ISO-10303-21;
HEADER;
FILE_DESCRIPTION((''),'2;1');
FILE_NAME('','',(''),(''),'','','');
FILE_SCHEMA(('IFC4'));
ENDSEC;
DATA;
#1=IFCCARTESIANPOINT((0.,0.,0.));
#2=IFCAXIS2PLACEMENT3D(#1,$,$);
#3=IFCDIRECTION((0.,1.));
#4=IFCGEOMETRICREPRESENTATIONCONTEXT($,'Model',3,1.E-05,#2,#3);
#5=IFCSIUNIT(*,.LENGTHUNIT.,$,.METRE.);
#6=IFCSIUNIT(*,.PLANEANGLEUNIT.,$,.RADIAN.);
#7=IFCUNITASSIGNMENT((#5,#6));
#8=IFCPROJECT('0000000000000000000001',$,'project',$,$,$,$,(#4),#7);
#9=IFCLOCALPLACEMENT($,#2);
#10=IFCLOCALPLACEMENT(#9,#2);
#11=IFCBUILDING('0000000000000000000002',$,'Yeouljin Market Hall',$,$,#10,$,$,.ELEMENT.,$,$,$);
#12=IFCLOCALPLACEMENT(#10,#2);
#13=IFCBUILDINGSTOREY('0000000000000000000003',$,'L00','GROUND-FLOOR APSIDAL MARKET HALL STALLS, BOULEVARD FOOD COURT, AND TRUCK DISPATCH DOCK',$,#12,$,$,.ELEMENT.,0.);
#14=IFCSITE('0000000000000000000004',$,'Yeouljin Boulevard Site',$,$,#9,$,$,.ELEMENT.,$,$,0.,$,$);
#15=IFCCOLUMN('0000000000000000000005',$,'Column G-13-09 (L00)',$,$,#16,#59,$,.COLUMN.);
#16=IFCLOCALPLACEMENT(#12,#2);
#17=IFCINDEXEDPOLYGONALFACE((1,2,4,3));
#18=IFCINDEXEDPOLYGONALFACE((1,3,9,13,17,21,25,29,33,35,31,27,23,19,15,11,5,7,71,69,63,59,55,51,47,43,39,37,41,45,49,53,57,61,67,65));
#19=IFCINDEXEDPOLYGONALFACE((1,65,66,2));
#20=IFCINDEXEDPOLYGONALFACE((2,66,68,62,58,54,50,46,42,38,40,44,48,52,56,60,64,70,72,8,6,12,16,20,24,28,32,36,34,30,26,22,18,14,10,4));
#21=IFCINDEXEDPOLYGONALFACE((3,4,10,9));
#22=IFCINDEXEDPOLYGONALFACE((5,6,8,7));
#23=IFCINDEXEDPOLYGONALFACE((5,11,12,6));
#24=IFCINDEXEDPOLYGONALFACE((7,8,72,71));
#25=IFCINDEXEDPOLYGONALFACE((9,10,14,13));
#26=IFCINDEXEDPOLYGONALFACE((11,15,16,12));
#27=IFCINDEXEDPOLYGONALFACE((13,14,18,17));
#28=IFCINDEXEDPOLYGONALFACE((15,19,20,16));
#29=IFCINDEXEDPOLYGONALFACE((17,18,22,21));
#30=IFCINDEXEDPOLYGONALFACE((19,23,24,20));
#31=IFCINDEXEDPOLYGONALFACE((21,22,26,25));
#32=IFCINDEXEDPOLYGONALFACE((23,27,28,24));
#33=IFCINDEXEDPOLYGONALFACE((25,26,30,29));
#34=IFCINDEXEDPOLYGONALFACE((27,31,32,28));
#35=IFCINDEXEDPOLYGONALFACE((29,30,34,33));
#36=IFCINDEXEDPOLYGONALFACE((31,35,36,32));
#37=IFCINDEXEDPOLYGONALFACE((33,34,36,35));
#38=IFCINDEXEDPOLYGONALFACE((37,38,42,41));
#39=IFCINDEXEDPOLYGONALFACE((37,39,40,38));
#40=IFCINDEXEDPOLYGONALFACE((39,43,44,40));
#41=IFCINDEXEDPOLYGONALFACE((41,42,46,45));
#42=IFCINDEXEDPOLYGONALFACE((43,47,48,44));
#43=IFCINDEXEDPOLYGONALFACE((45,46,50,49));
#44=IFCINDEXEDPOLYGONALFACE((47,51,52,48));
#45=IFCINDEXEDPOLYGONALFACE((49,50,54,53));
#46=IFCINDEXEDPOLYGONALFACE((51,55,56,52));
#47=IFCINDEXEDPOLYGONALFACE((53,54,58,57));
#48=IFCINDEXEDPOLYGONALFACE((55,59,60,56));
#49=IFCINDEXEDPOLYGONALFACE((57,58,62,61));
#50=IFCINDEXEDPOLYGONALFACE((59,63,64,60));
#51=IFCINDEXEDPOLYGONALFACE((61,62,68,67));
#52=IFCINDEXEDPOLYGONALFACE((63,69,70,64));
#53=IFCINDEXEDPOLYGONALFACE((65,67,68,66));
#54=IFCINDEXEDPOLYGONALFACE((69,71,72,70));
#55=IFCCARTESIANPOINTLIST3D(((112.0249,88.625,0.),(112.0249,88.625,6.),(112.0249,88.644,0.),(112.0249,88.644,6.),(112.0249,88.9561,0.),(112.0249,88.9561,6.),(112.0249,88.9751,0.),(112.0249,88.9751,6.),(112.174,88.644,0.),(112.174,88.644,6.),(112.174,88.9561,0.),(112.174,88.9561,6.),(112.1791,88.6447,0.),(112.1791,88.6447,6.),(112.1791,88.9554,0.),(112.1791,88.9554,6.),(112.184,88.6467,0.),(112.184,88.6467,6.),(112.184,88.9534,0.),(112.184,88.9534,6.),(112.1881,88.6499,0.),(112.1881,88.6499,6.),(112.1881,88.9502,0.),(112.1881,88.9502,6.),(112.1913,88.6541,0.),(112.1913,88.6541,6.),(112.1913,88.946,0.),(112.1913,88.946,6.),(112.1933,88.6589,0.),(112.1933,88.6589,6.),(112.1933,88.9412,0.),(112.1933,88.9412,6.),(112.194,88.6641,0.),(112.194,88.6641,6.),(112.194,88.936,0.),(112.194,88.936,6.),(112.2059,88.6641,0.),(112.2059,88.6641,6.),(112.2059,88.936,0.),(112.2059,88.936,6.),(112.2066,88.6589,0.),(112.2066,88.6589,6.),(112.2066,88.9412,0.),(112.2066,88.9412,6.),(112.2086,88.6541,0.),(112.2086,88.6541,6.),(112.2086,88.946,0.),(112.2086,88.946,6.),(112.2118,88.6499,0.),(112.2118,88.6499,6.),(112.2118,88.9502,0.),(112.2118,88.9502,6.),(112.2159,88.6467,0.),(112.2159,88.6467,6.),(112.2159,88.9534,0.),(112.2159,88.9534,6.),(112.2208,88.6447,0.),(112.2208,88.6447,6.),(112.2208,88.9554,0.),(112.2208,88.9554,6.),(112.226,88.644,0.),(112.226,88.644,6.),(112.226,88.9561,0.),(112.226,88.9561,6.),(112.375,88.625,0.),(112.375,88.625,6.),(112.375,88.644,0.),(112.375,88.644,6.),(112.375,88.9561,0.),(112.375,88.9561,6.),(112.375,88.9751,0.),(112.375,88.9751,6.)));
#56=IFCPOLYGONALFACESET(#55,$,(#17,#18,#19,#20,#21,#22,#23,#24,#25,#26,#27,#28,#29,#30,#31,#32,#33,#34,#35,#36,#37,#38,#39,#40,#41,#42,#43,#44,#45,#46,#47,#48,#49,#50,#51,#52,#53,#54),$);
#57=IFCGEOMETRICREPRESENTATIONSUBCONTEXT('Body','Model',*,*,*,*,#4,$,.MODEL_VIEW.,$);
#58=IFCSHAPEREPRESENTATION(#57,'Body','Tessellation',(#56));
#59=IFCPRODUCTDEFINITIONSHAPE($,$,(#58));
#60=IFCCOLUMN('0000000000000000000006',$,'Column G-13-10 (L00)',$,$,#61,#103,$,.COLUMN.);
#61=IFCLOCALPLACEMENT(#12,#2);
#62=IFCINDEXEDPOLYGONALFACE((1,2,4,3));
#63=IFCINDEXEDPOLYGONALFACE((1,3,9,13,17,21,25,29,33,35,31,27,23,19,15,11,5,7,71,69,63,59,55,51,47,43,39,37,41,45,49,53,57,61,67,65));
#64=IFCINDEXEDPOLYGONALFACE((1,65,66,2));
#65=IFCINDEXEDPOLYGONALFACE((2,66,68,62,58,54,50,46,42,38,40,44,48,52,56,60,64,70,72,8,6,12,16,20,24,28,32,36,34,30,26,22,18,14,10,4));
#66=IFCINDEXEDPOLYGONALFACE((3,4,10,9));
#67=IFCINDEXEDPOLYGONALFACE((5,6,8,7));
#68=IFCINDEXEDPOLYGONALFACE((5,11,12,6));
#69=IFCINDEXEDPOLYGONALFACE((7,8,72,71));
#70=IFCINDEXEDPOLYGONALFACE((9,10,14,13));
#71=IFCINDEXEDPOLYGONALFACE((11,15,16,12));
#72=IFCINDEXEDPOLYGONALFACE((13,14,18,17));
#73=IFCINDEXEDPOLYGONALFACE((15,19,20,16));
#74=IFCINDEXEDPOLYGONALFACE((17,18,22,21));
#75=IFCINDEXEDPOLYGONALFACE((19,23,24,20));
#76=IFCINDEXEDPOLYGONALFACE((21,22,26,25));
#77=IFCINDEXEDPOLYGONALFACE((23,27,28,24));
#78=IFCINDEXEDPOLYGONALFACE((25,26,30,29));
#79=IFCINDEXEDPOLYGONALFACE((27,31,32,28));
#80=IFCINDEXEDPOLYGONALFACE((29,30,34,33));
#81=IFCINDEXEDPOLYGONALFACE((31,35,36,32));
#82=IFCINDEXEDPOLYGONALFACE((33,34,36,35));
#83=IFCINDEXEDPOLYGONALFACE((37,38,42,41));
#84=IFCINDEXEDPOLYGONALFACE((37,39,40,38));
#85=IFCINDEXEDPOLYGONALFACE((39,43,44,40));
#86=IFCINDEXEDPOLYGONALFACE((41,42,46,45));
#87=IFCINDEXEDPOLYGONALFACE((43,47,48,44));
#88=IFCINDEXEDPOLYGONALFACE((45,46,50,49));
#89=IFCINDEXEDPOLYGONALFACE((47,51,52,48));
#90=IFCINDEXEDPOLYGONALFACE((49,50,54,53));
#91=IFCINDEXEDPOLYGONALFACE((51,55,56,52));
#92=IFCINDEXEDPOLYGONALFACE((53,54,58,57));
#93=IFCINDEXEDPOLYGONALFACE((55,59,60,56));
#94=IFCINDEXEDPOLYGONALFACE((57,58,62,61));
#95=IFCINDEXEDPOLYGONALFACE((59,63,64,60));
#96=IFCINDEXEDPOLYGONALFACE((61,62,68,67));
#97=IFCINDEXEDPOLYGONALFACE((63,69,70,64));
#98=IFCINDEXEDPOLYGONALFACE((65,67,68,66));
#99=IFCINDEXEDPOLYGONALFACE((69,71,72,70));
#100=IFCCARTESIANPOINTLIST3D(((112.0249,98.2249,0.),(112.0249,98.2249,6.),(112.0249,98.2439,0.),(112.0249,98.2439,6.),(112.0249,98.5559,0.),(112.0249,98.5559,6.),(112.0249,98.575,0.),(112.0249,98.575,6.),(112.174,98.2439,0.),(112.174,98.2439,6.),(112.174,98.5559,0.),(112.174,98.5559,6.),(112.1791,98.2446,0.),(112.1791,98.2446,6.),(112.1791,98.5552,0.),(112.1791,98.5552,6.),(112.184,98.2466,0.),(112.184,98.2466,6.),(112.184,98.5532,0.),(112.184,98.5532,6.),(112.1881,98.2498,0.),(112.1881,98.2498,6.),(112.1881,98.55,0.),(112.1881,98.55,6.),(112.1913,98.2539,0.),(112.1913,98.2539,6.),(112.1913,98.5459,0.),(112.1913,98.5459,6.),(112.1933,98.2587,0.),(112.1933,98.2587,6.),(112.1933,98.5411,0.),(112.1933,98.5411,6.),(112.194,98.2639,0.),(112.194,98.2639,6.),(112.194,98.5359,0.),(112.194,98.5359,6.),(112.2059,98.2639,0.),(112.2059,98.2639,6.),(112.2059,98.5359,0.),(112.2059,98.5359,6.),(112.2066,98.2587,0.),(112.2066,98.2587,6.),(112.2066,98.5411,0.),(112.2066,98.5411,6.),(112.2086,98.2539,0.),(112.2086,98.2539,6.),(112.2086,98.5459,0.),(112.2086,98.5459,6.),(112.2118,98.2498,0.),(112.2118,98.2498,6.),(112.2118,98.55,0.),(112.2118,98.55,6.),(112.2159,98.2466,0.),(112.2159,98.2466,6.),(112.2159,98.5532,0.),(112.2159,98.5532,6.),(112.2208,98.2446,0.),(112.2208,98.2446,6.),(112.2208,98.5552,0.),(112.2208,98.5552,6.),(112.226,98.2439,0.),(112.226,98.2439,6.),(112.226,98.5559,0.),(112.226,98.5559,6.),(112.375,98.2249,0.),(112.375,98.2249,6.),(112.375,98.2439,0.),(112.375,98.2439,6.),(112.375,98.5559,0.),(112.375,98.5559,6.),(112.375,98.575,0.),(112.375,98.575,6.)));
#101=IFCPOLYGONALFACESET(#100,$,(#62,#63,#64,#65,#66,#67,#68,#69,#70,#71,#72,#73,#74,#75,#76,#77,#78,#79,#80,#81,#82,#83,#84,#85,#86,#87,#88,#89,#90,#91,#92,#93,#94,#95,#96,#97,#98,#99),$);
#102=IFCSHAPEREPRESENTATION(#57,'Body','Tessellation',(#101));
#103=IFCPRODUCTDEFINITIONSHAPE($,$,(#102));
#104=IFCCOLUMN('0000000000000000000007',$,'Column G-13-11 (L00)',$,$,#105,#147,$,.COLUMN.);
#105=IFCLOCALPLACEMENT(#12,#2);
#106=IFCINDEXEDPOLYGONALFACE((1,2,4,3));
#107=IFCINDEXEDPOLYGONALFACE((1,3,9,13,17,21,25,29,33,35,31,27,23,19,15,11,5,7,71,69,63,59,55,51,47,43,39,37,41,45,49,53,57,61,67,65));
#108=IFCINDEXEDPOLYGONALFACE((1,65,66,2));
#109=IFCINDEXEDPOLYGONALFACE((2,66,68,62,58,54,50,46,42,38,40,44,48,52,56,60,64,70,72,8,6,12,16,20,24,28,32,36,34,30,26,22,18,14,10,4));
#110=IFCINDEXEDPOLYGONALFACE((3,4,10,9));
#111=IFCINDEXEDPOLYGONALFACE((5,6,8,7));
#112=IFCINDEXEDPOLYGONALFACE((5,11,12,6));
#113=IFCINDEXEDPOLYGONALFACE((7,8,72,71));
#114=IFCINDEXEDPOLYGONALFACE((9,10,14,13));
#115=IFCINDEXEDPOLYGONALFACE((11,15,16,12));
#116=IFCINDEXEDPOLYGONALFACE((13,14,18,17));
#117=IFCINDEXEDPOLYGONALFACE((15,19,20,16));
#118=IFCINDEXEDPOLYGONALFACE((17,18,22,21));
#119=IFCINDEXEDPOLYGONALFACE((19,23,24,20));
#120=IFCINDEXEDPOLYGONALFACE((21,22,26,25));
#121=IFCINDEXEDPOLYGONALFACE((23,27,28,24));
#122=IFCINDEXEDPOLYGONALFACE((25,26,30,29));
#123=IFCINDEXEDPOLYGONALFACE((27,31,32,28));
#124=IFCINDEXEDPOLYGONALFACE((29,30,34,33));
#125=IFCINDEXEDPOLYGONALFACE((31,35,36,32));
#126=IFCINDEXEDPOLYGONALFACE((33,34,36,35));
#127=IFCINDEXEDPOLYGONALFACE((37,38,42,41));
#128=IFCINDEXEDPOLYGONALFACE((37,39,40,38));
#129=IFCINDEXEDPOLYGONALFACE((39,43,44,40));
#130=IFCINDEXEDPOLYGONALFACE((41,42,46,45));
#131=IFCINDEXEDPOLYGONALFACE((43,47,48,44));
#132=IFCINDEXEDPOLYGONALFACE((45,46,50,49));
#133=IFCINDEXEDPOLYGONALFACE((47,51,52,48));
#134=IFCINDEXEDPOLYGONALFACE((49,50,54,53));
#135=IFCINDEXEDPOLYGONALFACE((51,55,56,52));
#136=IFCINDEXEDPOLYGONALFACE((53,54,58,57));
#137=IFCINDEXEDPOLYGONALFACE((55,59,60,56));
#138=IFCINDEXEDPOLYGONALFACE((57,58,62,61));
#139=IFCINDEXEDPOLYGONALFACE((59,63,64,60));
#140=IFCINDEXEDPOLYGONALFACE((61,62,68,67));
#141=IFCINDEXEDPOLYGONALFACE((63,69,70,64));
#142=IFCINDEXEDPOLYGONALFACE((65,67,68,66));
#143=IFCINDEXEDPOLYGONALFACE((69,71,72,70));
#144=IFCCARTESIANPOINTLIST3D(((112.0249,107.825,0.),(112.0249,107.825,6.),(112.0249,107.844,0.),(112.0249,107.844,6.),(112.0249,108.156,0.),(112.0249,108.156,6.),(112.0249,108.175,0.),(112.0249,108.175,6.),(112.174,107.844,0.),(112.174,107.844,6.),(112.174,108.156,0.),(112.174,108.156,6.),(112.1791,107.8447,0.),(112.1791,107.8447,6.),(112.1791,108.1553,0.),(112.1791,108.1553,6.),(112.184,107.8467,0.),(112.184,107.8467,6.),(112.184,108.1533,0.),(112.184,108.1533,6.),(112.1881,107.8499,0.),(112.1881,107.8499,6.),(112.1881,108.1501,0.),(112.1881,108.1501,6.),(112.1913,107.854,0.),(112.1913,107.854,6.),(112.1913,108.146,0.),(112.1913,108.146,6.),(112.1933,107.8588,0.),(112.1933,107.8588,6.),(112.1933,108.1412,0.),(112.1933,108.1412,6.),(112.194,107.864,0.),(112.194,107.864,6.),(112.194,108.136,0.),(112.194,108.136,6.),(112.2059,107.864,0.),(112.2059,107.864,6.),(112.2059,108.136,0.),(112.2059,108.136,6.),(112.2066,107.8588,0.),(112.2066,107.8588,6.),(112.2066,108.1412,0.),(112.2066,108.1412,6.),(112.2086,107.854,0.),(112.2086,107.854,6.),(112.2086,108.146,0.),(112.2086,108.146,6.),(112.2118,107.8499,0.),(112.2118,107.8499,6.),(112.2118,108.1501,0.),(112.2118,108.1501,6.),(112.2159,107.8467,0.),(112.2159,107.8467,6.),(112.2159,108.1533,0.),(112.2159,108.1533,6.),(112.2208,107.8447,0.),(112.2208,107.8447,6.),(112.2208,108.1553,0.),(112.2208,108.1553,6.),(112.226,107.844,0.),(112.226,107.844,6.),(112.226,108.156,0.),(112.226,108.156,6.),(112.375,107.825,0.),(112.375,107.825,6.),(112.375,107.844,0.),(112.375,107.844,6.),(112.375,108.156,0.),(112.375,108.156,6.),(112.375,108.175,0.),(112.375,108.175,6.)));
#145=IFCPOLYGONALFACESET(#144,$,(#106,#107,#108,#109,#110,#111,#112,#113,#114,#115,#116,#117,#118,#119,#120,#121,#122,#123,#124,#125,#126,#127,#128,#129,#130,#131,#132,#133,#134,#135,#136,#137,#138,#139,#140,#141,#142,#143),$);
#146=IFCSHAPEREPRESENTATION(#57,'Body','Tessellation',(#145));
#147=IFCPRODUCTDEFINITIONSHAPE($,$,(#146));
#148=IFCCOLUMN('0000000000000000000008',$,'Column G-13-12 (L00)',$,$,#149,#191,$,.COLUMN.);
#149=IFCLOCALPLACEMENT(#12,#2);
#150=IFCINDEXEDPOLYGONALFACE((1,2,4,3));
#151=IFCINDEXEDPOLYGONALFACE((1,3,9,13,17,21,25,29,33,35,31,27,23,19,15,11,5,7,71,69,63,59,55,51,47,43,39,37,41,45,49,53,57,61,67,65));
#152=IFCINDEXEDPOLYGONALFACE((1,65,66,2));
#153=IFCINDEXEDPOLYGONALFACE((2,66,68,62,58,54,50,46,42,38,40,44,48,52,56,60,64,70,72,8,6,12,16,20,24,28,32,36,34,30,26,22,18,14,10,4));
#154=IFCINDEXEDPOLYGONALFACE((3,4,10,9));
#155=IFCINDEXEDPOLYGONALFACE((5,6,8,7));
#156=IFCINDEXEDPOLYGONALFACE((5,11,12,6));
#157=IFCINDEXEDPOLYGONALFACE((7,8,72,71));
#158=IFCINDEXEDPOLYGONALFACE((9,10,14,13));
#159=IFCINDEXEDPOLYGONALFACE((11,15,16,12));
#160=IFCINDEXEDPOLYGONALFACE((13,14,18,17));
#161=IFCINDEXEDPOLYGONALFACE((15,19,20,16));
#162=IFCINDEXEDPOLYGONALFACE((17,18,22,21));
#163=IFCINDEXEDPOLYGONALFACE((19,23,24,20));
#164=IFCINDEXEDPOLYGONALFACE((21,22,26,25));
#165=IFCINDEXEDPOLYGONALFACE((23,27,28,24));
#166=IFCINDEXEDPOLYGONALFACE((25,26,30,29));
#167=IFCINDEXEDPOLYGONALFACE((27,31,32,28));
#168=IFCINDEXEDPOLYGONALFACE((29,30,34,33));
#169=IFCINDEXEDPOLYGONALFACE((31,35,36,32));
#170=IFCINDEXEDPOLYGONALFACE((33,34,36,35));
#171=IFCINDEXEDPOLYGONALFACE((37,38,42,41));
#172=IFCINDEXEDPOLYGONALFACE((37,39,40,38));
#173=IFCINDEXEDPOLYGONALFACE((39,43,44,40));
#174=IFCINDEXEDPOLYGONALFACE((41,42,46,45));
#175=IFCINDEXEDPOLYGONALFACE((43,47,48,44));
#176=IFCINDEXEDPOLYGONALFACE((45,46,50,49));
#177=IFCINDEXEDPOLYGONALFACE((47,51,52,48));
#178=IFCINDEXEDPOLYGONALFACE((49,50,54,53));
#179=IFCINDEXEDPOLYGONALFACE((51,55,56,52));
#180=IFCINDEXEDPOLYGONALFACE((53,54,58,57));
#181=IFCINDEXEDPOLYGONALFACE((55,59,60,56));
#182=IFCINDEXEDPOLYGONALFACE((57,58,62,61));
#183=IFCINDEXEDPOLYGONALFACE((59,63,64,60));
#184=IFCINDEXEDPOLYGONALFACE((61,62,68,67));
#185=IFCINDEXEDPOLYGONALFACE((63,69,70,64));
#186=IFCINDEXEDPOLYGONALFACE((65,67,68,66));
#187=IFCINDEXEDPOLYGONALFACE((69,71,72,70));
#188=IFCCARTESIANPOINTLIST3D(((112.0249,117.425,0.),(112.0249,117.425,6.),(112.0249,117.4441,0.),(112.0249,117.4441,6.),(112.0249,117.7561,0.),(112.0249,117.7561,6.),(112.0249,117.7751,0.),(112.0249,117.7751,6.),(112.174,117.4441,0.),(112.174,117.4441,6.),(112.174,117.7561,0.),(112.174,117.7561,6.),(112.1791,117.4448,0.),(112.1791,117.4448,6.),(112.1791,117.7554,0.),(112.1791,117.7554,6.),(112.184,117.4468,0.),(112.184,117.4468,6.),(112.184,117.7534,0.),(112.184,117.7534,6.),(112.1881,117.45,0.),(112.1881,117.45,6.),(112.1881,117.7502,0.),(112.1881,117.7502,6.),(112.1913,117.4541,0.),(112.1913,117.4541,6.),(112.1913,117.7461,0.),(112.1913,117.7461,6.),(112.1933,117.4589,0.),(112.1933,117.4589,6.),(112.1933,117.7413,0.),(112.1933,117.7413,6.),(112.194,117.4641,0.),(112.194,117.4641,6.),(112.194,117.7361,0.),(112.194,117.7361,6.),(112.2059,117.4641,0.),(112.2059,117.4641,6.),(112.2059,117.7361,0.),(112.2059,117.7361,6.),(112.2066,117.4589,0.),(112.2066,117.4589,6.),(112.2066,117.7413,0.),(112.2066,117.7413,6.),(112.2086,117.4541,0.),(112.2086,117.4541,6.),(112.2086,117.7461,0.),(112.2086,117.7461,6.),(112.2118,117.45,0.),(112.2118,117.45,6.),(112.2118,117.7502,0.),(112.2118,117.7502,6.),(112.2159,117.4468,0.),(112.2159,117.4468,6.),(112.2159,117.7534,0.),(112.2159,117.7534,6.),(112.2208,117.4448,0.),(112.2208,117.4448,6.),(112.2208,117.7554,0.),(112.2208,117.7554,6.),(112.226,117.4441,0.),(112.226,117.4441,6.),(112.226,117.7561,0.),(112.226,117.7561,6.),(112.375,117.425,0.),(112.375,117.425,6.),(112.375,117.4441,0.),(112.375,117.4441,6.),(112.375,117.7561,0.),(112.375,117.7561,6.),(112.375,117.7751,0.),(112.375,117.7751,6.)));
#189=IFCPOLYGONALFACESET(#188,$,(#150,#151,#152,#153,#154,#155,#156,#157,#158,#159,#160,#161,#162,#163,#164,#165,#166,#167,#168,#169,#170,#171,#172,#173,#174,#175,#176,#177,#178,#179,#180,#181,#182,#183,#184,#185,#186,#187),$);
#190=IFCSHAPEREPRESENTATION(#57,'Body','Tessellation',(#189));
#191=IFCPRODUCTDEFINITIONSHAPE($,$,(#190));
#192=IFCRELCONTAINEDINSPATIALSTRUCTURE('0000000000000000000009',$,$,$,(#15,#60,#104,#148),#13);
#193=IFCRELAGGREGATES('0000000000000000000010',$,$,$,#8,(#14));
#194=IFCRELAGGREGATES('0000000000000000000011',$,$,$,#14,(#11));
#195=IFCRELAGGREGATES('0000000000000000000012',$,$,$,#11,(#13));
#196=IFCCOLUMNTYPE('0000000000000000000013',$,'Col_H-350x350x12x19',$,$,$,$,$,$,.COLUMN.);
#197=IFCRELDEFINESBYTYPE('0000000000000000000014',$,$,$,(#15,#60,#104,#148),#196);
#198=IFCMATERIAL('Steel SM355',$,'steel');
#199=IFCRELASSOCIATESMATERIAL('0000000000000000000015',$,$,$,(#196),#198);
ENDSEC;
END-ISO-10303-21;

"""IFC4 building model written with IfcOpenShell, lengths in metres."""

from ifc_helpers import new_model, si_unit, direction, frame, origin, origin_2d, place, context, subcontext, project, spatial, i_section, extrude, material, material_profile, profile_set, type_object, element, save


model = new_model("IFC4")

# Units and contexts
model_context = context("Model", 3, precision=1e-05, world=origin(), true_north=direction((0.0, 1.0)))
body_context = subcontext(model_context, "Body", "Model", "MODEL_VIEW")
ifc_project = project(units=[si_unit("LENGTHUNIT", "METRE"), si_unit("PLANEANGLEUNIT", "RADIAN")], contexts=[model_context])

# Site, building, storey
site_placement = place(None, origin())
site = spatial("IfcSite", under=ifc_project, at=site_placement, Name="Yeouljin Boulevard Site", CompositionType="ELEMENT", RefElevation=0.0)
building_placement = place(site_placement, origin())
building = spatial("IfcBuilding", under=site, at=building_placement, Name="Yeouljin Market Hall", CompositionType="ELEMENT")
storey_placement = place(building_placement, origin())
storey = spatial("IfcBuildingStorey", under=building, at=storey_placement, Name="L00", Description="GROUND-FLOOR APSIDAL MARKET HALL STALLS, BOULEVARD FOOD COURT, AND TRUCK DISPATCH DOCK", CompositionType="ELEMENT", Elevation=0.0)

# Columns
ifc_material_1 = material(Name="Steel SM355", Category="steel")
ifc_material_profile_1 = material_profile(ifc_material_1, i_section(OverallWidth=0.3501, OverallDepth=0.3501, WebThickness=0.012, FlangeThickness=0.019, FilletRadius=0.02, at=origin_2d()), Name="H-350x350x12x19")
ifc_profile_set_1 = profile_set([ifc_material_profile_1], Name="Steel SM355")
column_type = type_object("IfcColumnType", Name="Col_H-350x350x12x19", PredefinedType="COLUMN", material=ifc_profile_set_1)
for number, where, z_axis, x_axis, name in (
    (1, (112.2, 88.8, 0.0), (0.0, 0.0, 1.0), (1.0, 0.0, 0.0), "Column G-13-09 (L00)"),
    (2, (112.2, 98.3999, 0.0), (0.0, 0.0, 1.0), (1.0, 0.0, 0.0), "Column G-13-10 (L00)"),
    (3, (112.2, 108.0, 0.0), (0.0, 0.0, 1.0), (1.0, 0.0, 0.0), "Column G-13-11 (L00)"),
    (4, (112.2, 117.6001, 0.0), (0.0, 0.0, 1.0), (1.0, 0.0, 0.0), "Column G-13-12 (L00)"),
):
    element("IfcColumn", number, at=place(storey_placement, frame(where, z_axis=z_axis, x_axis=x_axis)), inside=storey, type_object=column_type, Name=name, PredefinedType="COLUMN", context=body_context, shape_type="SweptSolid", body=[
        extrude(i_section(OverallWidth=0.3501, OverallDepth=0.3501, WebThickness=0.012, FlangeThickness=0.019, FilletRadius=0.02, at=origin_2d()), origin(), (0.0, 0.0, 1.0), 6.0),
    ])

save(model, "model.ifc")
